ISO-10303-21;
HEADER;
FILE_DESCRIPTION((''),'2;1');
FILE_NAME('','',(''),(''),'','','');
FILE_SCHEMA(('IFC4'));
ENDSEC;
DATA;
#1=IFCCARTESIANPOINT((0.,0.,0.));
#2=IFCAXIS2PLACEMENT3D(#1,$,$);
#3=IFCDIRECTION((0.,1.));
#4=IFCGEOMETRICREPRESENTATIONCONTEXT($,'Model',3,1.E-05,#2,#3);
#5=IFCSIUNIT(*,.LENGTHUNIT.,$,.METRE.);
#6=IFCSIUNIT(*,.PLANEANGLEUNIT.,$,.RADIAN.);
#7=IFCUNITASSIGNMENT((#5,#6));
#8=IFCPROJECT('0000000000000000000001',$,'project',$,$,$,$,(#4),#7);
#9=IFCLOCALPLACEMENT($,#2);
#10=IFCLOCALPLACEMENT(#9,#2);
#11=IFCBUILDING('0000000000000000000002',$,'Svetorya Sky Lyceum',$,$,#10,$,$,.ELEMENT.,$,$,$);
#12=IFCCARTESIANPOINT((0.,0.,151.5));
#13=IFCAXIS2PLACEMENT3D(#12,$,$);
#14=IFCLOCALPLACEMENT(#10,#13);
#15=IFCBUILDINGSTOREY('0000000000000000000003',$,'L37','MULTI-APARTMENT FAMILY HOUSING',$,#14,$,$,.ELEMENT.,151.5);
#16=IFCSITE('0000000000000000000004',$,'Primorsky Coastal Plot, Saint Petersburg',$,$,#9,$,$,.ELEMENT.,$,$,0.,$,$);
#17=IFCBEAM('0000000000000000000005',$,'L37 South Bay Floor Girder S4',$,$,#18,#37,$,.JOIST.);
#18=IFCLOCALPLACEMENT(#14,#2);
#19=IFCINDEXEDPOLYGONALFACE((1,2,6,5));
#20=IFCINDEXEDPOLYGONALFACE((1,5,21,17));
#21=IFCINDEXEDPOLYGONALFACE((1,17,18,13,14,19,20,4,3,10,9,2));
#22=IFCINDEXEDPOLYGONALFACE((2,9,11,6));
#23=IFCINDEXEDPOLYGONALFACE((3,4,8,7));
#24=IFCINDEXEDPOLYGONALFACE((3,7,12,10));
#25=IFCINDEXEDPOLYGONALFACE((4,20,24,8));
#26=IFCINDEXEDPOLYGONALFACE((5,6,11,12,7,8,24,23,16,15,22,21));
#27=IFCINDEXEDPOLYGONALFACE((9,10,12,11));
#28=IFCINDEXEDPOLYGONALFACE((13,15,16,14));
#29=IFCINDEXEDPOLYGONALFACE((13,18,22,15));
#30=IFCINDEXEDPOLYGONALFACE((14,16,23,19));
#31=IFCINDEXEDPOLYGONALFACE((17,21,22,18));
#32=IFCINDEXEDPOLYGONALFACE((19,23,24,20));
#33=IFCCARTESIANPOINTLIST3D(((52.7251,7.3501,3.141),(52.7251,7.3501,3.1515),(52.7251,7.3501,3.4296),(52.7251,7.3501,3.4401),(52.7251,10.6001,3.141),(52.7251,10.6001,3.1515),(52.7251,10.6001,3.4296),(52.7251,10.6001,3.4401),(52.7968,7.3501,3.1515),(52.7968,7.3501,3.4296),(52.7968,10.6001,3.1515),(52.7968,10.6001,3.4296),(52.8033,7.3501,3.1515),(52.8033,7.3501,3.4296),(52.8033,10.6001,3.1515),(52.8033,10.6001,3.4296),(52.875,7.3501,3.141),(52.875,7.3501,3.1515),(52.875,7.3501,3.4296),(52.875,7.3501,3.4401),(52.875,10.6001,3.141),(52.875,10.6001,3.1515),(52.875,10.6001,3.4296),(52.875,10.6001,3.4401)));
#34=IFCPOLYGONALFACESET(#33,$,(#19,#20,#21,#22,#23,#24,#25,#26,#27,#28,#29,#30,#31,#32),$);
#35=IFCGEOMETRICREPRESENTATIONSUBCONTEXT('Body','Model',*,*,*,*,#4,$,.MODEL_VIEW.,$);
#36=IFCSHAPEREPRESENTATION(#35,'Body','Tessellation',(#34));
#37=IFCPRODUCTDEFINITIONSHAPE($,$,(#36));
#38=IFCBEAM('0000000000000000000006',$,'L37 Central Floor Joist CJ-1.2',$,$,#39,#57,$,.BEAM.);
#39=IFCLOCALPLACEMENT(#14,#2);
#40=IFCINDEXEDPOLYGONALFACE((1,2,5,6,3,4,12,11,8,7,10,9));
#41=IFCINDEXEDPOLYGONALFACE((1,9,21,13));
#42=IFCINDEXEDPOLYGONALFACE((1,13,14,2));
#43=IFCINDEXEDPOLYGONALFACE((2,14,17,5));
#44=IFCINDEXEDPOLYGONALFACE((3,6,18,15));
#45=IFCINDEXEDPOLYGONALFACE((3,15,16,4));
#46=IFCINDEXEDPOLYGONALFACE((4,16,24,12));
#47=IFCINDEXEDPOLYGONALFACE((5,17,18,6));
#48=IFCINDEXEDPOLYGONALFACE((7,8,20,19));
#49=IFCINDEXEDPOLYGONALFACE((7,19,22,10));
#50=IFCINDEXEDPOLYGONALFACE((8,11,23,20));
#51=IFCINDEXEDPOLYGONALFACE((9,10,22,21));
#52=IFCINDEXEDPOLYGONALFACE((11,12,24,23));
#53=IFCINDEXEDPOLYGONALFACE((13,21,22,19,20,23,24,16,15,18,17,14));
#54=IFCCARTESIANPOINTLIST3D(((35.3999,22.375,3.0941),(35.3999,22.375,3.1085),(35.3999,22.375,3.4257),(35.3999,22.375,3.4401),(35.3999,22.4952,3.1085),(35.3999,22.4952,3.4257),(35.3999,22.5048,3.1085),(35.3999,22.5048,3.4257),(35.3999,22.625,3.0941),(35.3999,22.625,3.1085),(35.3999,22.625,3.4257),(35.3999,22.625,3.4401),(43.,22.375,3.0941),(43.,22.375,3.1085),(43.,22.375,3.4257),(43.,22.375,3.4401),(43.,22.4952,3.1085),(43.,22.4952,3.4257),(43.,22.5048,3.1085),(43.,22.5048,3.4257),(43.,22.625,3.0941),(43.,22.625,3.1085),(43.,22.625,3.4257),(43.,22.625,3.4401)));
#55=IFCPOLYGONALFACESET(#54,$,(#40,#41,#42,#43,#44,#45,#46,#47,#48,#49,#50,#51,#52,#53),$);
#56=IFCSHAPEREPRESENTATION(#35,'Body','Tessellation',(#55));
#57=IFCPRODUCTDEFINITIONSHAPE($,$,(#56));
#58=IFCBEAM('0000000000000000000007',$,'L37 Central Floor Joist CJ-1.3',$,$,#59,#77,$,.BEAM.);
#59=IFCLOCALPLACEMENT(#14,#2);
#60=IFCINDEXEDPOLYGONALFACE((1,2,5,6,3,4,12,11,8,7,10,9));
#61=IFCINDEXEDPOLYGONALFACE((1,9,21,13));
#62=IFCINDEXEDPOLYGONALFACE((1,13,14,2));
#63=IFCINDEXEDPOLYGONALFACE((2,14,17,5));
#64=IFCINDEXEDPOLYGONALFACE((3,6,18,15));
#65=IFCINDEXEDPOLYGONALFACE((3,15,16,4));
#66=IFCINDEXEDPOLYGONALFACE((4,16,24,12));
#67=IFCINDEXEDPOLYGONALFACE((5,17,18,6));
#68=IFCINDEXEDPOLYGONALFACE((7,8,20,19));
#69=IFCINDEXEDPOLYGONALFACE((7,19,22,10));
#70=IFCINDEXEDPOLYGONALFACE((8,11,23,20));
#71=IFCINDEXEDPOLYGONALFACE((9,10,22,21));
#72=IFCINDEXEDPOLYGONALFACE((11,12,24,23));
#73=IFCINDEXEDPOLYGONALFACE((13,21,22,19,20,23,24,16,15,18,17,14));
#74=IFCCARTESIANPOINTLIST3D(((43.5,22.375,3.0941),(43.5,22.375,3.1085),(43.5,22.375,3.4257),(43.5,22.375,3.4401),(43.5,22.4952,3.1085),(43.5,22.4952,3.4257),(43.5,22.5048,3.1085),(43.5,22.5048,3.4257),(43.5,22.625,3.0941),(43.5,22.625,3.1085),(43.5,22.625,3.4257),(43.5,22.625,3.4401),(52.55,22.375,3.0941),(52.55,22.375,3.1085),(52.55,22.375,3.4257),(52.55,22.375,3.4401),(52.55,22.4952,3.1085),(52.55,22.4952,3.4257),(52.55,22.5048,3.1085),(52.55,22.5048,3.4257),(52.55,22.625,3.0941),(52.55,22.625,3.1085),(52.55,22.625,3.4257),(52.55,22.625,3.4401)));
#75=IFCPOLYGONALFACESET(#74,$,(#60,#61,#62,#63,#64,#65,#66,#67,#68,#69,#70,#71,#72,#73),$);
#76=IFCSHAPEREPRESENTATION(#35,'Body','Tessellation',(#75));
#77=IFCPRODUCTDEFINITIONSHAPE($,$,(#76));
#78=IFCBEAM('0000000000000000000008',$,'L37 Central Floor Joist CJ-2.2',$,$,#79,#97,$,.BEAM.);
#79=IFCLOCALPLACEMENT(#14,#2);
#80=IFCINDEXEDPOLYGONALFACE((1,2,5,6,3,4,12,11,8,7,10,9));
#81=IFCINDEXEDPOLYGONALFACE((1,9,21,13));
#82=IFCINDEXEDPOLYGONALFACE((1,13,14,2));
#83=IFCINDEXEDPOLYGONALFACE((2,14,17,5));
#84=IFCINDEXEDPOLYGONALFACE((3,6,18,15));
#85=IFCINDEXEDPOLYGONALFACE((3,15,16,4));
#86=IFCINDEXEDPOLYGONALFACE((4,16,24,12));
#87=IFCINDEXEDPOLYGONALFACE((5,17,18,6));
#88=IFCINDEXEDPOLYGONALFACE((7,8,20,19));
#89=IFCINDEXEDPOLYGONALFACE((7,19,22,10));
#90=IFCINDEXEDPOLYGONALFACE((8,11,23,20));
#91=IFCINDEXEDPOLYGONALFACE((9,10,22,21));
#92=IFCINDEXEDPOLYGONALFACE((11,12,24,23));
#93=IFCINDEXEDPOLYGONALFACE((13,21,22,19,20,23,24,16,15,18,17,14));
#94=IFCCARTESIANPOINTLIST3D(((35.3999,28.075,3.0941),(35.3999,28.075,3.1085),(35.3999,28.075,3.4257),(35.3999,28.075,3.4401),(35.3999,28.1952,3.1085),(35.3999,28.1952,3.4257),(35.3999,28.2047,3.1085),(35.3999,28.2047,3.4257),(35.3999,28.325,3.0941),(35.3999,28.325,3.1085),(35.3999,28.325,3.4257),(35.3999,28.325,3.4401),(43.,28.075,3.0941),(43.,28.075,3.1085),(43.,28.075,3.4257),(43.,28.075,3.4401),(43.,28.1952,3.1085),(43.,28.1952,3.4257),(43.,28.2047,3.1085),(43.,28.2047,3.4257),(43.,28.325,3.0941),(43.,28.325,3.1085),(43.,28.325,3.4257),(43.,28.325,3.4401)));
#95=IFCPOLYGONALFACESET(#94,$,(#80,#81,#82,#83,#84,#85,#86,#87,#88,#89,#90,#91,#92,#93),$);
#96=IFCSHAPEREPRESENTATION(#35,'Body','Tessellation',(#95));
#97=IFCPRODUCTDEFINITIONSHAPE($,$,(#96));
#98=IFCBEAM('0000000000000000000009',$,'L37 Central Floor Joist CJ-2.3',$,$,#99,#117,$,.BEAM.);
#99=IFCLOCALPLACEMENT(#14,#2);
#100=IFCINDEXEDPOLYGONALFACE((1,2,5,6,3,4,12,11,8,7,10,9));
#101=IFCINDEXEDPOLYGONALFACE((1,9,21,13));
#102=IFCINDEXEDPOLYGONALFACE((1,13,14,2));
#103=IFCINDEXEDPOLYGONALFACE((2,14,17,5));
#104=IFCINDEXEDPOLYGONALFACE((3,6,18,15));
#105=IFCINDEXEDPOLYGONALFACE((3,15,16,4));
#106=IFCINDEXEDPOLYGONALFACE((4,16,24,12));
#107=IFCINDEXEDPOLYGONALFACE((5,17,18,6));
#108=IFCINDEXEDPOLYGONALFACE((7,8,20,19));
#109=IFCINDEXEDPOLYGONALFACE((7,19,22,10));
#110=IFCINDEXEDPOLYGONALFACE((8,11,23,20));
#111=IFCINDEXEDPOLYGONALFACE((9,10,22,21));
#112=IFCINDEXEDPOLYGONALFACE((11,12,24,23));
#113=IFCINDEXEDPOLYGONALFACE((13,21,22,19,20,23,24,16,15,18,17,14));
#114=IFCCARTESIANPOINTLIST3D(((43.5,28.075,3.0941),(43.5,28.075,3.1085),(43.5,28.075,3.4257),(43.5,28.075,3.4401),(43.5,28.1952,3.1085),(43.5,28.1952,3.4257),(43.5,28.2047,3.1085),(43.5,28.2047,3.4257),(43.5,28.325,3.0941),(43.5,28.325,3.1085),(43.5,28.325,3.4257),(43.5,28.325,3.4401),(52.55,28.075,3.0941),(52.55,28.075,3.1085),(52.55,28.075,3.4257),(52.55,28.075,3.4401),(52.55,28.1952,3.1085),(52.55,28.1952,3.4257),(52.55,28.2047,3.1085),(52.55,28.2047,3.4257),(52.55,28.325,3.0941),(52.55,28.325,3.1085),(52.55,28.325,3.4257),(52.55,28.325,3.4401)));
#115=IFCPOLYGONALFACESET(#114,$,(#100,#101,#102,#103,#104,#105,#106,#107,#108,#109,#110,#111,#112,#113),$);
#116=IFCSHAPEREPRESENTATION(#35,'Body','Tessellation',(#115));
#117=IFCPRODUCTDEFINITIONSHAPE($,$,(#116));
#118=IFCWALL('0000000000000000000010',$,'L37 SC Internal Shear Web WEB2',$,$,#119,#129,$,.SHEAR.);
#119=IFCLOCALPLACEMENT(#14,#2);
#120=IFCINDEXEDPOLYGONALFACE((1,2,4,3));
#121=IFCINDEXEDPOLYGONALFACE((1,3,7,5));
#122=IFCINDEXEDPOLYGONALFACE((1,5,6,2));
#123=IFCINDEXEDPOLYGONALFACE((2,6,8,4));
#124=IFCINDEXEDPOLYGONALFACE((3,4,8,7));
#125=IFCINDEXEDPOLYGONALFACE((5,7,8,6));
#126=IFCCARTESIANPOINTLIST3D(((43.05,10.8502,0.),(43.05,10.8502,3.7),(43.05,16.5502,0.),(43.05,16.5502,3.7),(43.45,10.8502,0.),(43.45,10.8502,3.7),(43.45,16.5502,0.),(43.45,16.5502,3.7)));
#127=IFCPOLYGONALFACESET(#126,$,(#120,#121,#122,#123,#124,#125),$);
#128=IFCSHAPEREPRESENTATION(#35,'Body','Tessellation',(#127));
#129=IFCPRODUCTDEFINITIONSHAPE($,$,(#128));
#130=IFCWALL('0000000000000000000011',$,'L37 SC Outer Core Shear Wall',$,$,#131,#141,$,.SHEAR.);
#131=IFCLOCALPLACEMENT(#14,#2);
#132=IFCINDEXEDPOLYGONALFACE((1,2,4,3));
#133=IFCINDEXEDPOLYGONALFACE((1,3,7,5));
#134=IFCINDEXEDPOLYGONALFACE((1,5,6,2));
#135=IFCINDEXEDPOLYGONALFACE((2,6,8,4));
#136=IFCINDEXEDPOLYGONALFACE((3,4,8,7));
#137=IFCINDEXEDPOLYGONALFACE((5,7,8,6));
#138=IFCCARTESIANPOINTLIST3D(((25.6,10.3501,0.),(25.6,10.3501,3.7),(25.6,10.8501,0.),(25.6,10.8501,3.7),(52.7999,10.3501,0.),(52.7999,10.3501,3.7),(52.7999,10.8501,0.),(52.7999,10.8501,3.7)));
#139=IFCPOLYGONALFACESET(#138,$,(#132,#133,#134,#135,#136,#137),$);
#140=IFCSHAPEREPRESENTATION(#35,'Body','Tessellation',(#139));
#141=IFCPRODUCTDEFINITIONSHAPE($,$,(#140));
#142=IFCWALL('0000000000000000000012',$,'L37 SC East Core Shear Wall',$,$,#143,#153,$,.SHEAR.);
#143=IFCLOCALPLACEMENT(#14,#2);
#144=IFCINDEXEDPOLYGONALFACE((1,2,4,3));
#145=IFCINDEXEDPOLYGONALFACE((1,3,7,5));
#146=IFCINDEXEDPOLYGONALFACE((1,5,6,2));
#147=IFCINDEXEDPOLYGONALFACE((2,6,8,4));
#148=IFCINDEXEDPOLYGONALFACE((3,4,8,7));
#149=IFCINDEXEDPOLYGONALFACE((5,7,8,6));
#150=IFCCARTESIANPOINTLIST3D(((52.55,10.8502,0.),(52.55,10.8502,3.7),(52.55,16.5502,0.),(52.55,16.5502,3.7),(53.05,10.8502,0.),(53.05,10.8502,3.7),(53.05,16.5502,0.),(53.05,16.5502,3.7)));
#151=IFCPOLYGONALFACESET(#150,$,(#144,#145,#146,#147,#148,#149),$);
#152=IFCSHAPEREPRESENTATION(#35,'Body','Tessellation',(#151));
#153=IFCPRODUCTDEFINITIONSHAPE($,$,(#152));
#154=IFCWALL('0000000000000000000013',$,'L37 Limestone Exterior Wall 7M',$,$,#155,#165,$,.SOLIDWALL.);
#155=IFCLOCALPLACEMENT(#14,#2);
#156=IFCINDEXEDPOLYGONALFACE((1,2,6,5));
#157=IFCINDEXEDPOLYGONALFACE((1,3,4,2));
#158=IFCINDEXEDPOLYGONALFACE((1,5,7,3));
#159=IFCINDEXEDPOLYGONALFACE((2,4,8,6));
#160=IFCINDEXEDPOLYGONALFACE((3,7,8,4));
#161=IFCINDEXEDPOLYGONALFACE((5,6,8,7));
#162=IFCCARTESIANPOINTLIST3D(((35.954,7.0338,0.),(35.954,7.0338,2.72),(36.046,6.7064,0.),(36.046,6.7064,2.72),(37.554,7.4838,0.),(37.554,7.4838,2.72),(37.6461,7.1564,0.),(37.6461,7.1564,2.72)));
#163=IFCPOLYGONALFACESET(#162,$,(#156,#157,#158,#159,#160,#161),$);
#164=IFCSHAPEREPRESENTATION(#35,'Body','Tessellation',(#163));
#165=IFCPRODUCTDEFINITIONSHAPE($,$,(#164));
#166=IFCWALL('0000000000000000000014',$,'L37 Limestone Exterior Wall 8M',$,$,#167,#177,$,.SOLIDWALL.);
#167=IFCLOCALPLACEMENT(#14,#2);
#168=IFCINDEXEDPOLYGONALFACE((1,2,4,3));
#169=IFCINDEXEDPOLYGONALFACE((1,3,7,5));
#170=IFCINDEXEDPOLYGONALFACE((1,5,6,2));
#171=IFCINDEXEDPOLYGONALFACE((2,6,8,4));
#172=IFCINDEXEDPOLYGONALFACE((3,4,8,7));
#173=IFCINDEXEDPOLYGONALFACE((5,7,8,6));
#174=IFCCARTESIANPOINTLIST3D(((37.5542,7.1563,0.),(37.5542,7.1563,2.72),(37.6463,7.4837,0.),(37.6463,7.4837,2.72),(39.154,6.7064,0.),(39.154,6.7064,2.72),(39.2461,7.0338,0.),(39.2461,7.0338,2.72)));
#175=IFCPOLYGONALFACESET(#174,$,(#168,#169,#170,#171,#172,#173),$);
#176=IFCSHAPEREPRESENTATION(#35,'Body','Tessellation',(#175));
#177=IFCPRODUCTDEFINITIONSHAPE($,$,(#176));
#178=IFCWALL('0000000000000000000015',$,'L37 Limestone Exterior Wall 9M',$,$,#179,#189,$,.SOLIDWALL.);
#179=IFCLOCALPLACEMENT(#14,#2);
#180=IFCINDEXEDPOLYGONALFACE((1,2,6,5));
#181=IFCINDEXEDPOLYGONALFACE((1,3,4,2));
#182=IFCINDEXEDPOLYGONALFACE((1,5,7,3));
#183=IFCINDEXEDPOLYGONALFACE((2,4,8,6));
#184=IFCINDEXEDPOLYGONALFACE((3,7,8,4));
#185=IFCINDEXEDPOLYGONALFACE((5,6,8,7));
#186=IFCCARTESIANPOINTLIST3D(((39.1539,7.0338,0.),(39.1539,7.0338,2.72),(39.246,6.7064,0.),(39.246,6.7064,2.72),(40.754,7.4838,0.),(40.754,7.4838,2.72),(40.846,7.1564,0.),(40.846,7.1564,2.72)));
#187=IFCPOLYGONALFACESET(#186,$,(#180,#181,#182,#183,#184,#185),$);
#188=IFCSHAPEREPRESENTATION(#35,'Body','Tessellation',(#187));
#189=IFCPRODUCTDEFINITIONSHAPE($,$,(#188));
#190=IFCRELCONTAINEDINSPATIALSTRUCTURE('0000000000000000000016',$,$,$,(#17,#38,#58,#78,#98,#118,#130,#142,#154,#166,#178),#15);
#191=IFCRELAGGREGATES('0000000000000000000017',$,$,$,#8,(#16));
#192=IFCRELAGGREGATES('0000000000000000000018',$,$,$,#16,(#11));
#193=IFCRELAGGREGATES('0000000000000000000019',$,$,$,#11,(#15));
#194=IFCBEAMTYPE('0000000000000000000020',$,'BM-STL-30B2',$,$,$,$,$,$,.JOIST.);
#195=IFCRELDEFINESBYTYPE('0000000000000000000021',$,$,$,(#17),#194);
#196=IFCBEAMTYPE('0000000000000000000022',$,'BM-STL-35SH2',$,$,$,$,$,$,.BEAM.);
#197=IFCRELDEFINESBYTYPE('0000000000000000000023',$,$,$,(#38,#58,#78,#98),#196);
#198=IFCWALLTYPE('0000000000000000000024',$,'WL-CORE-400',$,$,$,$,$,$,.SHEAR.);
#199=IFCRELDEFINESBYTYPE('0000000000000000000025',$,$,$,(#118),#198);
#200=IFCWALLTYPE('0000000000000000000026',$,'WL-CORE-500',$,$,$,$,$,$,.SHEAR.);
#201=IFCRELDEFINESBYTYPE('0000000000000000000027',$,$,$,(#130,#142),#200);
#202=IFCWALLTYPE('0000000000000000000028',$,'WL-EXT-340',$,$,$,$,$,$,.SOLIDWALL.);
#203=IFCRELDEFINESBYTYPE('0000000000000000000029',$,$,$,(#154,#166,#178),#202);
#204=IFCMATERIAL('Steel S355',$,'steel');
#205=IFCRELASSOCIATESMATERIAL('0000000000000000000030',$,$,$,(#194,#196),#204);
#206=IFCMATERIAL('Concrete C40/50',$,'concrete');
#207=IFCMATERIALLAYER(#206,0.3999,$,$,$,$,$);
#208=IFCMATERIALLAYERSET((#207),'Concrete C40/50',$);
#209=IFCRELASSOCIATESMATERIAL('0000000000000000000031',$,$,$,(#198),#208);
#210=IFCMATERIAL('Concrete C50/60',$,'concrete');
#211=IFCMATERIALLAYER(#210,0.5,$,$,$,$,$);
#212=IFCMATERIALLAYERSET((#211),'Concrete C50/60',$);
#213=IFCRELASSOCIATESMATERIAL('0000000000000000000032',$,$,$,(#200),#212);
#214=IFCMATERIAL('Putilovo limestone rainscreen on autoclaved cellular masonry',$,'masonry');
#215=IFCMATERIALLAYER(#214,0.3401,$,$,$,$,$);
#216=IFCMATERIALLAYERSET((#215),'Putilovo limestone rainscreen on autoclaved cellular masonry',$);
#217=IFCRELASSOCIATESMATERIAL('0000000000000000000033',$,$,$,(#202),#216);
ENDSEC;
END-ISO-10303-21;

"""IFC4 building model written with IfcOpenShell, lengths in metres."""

from ifc_helpers import new_model, si_unit, direction, frame, frame_2d, origin, origin_2d, place, context, subcontext, project, spatial, rectangle, i_section, extrude, material, layer, layer_set, material_profile, profile_set, type_object, element, save


model = new_model("IFC4")

# Units and contexts
model_context = context("Model", 3, precision=1e-05, world=origin(), true_north=direction((0.0, 1.0)))
body_context = subcontext(model_context, "Body", "Model", "MODEL_VIEW")
ifc_project = project(units=[si_unit("LENGTHUNIT", "METRE"), si_unit("PLANEANGLEUNIT", "RADIAN")], contexts=[model_context])

# Site, building, storey
site_placement = place(None, origin())
site = spatial("IfcSite", under=ifc_project, at=site_placement, Name="Primorsky Coastal Plot, Saint Petersburg", CompositionType="ELEMENT", RefElevation=0.0)
building_placement = place(site_placement, origin())
building = spatial("IfcBuilding", under=site, at=building_placement, Name="Svetorya Sky Lyceum", CompositionType="ELEMENT")
storey_placement = place(building_placement, frame((0.0, 0.0, 151.5)))
storey = spatial("IfcBuildingStorey", under=building, at=storey_placement, Name="L37", Description="MULTI-APARTMENT FAMILY HOUSING", CompositionType="ELEMENT", Elevation=151.5)

# Shared definitions
ifc_material_1 = material(Name="Concrete C50/60", Category="concrete")

# Beams
ifc_material_2 = material(Name="Steel S355", Category="steel")
ifc_material_profile_1 = material_profile(ifc_material_2, i_section(OverallWidth=0.1499, OverallDepth=0.2991, WebThickness=0.0066, FlangeThickness=0.0105, at=origin_2d()), Name="GOST 30B2")
ifc_profile_set_1 = profile_set([ifc_material_profile_1], Name="Steel S355")
beam_type_1 = type_object("IfcBeamType", Name="BM-STL-30B2", PredefinedType="JOIST", material=ifc_profile_set_1)
for number, where, z_axis, x_axis, name in (
    (1, (52.8, 7.3501, 3.2905), (0.0, 1.0, 0.0), (-1.0, 0.0, 0.0), "L37 South Bay Floor Girder S4"),
):
    element("IfcBeam", number, at=place(storey_placement, frame(where, z_axis=z_axis, x_axis=x_axis)), inside=storey, type_object=beam_type_1, Name=name, PredefinedType="JOIST", context=body_context, shape_type="SweptSolid", body=[
        extrude(i_section(OverallWidth=0.1499, OverallDepth=0.2991, WebThickness=0.0066, FlangeThickness=0.0105, at=origin_2d()), origin(), (0.0, 0.0, 1.0), 3.25),
    ])
ifc_material_profile_2 = material_profile(ifc_material_2, i_section(OverallWidth=0.25, OverallDepth=0.3459, WebThickness=0.0095, FlangeThickness=0.0144, at=origin_2d()), Name="GOST 35Sh2")
ifc_profile_set_2 = profile_set([ifc_material_profile_2], Name="Steel S355")
beam_type_2 = type_object("IfcBeamType", Name="BM-STL-35SH2", PredefinedType="BEAM", material=ifc_profile_set_2)
beam_1_placement = place(storey_placement, frame((35.3999, 22.5, 3.2671), z_axis=(1.0, 0.0, 0.0), x_axis=(0.0, 1.0, 0.0)))
element("IfcBeam", 2, at=beam_1_placement, inside=storey, type_object=beam_type_2, Name="L37 Central Floor Joist CJ-1.2", PredefinedType="BEAM", context=body_context, shape_type="SweptSolid", body=[
    extrude(i_section(OverallWidth=0.25, OverallDepth=0.3459, WebThickness=0.0095, FlangeThickness=0.0144, at=origin_2d()), origin(), (0.0, 0.0, 1.0), 7.6001),
])
beam_2_placement = place(storey_placement, frame((43.5, 22.5, 3.2671), z_axis=(1.0, 0.0, 0.0), x_axis=(0.0, 1.0, 0.0)))
element("IfcBeam", 3, at=beam_2_placement, inside=storey, type_object=beam_type_2, Name="L37 Central Floor Joist CJ-1.3", PredefinedType="BEAM", context=body_context, shape_type="SweptSolid", body=[
    extrude(i_section(OverallWidth=0.25, OverallDepth=0.3459, WebThickness=0.0095, FlangeThickness=0.0144, at=origin_2d()), origin(), (0.0, 0.0, 1.0), 9.05),
])
beam_3_placement = place(storey_placement, frame((35.3999, 28.2, 3.2671), z_axis=(1.0, 0.0, 0.0), x_axis=(0.0, 1.0, 0.0)))
element("IfcBeam", 4, at=beam_3_placement, inside=storey, type_object=beam_type_2, Name="L37 Central Floor Joist CJ-2.2", PredefinedType="BEAM", context=body_context, shape_type="SweptSolid", body=[
    extrude(i_section(OverallWidth=0.25, OverallDepth=0.3459, WebThickness=0.0095, FlangeThickness=0.0144, at=origin_2d()), origin(), (0.0, 0.0, 1.0), 7.6001),
])
beam_4_placement = place(storey_placement, frame((43.5, 28.2, 3.2671), z_axis=(1.0, 0.0, 0.0), x_axis=(0.0, 1.0, 0.0)))
element("IfcBeam", 5, at=beam_4_placement, inside=storey, type_object=beam_type_2, Name="L37 Central Floor Joist CJ-2.3", PredefinedType="BEAM", context=body_context, shape_type="SweptSolid", body=[
    extrude(i_section(OverallWidth=0.25, OverallDepth=0.3459, WebThickness=0.0095, FlangeThickness=0.0144, at=origin_2d()), origin(), (0.0, 0.0, 1.0), 9.05),
])

# Walls
ifc_material_3 = material(Name="Concrete C40/50", Category="concrete")
ifc_layer_1 = layer(ifc_material_3, 0.3999)
ifc_layer_set_1 = layer_set([ifc_layer_1], Name="Concrete C40/50")
wall_type_1 = type_object("IfcWallType", Name="WL-CORE-400", PredefinedType="SHEAR", material=ifc_layer_set_1)
wall_1_placement = place(storey_placement, frame((43.25, 10.8501, 0.0), z_axis=(0.0, 0.0, 1.0), x_axis=(0.0, 1.0, 0.0)))
element("IfcWall", 6, at=wall_1_placement, inside=storey, type_object=wall_type_1, Name="L37 SC Internal Shear Web WEB2", PredefinedType="SHEAR", context=body_context, shape_type="SweptSolid", body=[
    extrude(rectangle(XDim=5.7, YDim=0.3999, at=frame_2d((2.8501, 0.0))), origin(), (0.0, 0.0, 1.0), 3.7),
])
ifc_layer_2 = layer(ifc_material_1, 0.5)
ifc_layer_set_2 = layer_set([ifc_layer_2], Name="Concrete C50/60")
wall_type_2 = type_object("IfcWallType", Name="WL-CORE-500", PredefinedType="SHEAR", material=ifc_layer_set_2)
wall_2_placement = place(storey_placement, frame((52.8, 10.6001, 0.0), z_axis=(0.0, 0.0, 1.0), x_axis=(-1.0, 0.0, 0.0)))
element("IfcWall", 7, at=wall_2_placement, inside=storey, type_object=wall_type_2, Name="L37 SC Outer Core Shear Wall", PredefinedType="SHEAR", context=body_context, shape_type="SweptSolid", body=[
    extrude(rectangle(XDim=27.2, YDim=0.5, at=frame_2d((13.6001, 0.0))), origin(), (0.0, 0.0, 1.0), 3.7),
])
wall_3_placement = place(storey_placement, frame((52.8, 10.8501, 0.0), z_axis=(0.0, 0.0, 1.0), x_axis=(0.0, 1.0, 0.0)))
element("IfcWall", 8, at=wall_3_placement, inside=storey, type_object=wall_type_2, Name="L37 SC East Core Shear Wall", PredefinedType="SHEAR", context=body_context, shape_type="SweptSolid", body=[
    extrude(rectangle(XDim=5.7, YDim=0.5, at=frame_2d((2.8501, 0.0))), origin(), (0.0, 0.0, 1.0), 3.7),
])
ifc_material_4 = material(Name="Putilovo limestone rainscreen on autoclaved cellular masonry", Category="masonry")
ifc_layer_3 = layer(ifc_material_4, 0.3401)
ifc_layer_set_3 = layer_set([ifc_layer_3], Name="Putilovo limestone rainscreen on autoclaved cellular masonry")
wall_type_3 = type_object("IfcWallType", Name="WL-EXT-340", PredefinedType="SOLIDWALL", material=ifc_layer_set_3)
wall_4_placement = place(storey_placement, frame((36.0, 6.8701, 0.0), z_axis=(0.0, 0.0, 1.0), x_axis=(0.962663, 0.270703, 0.0)))
element("IfcWall", 9, at=wall_4_placement, inside=storey, type_object=wall_type_3, Name="L37 Limestone Exterior Wall 7M", PredefinedType="SOLIDWALL", context=body_context, shape_type="SweptSolid", body=[
    extrude(rectangle(XDim=1.6621, YDim=0.3401, at=frame_2d((0.8311, 0.0))), origin(), (0.0, 0.0, 1.0), 2.72),
])
wall_5_placement = place(storey_placement, frame((37.6001, 7.3201, 0.0), z_axis=(0.0, 0.0, 1.0), x_axis=(0.962652, -0.270741, 0.0)))
element("IfcWall", 10, at=wall_5_placement, inside=storey, type_object=wall_type_3, Name="L37 Limestone Exterior Wall 8M", PredefinedType="SOLIDWALL", context=body_context, shape_type="SweptSolid", body=[
    extrude(rectangle(XDim=1.6619, YDim=0.3401, at=frame_2d((0.8311, 0.0))), origin(), (0.0, 0.0, 1.0), 2.72),
])
wall_6_placement = place(storey_placement, frame((39.2, 6.8701, 0.0), z_axis=(0.0, 0.0, 1.0), x_axis=(0.962663, 0.270703, 0.0)))
element("IfcWall", 11, at=wall_6_placement, inside=storey, type_object=wall_type_3, Name="L37 Limestone Exterior Wall 9M", PredefinedType="SOLIDWALL", context=body_context, shape_type="SweptSolid", body=[
    extrude(rectangle(XDim=1.6621, YDim=0.3401, at=frame_2d((0.8311, 0.0))), origin(), (0.0, 0.0, 1.0), 2.72),
])

save(model, "model.ifc")
